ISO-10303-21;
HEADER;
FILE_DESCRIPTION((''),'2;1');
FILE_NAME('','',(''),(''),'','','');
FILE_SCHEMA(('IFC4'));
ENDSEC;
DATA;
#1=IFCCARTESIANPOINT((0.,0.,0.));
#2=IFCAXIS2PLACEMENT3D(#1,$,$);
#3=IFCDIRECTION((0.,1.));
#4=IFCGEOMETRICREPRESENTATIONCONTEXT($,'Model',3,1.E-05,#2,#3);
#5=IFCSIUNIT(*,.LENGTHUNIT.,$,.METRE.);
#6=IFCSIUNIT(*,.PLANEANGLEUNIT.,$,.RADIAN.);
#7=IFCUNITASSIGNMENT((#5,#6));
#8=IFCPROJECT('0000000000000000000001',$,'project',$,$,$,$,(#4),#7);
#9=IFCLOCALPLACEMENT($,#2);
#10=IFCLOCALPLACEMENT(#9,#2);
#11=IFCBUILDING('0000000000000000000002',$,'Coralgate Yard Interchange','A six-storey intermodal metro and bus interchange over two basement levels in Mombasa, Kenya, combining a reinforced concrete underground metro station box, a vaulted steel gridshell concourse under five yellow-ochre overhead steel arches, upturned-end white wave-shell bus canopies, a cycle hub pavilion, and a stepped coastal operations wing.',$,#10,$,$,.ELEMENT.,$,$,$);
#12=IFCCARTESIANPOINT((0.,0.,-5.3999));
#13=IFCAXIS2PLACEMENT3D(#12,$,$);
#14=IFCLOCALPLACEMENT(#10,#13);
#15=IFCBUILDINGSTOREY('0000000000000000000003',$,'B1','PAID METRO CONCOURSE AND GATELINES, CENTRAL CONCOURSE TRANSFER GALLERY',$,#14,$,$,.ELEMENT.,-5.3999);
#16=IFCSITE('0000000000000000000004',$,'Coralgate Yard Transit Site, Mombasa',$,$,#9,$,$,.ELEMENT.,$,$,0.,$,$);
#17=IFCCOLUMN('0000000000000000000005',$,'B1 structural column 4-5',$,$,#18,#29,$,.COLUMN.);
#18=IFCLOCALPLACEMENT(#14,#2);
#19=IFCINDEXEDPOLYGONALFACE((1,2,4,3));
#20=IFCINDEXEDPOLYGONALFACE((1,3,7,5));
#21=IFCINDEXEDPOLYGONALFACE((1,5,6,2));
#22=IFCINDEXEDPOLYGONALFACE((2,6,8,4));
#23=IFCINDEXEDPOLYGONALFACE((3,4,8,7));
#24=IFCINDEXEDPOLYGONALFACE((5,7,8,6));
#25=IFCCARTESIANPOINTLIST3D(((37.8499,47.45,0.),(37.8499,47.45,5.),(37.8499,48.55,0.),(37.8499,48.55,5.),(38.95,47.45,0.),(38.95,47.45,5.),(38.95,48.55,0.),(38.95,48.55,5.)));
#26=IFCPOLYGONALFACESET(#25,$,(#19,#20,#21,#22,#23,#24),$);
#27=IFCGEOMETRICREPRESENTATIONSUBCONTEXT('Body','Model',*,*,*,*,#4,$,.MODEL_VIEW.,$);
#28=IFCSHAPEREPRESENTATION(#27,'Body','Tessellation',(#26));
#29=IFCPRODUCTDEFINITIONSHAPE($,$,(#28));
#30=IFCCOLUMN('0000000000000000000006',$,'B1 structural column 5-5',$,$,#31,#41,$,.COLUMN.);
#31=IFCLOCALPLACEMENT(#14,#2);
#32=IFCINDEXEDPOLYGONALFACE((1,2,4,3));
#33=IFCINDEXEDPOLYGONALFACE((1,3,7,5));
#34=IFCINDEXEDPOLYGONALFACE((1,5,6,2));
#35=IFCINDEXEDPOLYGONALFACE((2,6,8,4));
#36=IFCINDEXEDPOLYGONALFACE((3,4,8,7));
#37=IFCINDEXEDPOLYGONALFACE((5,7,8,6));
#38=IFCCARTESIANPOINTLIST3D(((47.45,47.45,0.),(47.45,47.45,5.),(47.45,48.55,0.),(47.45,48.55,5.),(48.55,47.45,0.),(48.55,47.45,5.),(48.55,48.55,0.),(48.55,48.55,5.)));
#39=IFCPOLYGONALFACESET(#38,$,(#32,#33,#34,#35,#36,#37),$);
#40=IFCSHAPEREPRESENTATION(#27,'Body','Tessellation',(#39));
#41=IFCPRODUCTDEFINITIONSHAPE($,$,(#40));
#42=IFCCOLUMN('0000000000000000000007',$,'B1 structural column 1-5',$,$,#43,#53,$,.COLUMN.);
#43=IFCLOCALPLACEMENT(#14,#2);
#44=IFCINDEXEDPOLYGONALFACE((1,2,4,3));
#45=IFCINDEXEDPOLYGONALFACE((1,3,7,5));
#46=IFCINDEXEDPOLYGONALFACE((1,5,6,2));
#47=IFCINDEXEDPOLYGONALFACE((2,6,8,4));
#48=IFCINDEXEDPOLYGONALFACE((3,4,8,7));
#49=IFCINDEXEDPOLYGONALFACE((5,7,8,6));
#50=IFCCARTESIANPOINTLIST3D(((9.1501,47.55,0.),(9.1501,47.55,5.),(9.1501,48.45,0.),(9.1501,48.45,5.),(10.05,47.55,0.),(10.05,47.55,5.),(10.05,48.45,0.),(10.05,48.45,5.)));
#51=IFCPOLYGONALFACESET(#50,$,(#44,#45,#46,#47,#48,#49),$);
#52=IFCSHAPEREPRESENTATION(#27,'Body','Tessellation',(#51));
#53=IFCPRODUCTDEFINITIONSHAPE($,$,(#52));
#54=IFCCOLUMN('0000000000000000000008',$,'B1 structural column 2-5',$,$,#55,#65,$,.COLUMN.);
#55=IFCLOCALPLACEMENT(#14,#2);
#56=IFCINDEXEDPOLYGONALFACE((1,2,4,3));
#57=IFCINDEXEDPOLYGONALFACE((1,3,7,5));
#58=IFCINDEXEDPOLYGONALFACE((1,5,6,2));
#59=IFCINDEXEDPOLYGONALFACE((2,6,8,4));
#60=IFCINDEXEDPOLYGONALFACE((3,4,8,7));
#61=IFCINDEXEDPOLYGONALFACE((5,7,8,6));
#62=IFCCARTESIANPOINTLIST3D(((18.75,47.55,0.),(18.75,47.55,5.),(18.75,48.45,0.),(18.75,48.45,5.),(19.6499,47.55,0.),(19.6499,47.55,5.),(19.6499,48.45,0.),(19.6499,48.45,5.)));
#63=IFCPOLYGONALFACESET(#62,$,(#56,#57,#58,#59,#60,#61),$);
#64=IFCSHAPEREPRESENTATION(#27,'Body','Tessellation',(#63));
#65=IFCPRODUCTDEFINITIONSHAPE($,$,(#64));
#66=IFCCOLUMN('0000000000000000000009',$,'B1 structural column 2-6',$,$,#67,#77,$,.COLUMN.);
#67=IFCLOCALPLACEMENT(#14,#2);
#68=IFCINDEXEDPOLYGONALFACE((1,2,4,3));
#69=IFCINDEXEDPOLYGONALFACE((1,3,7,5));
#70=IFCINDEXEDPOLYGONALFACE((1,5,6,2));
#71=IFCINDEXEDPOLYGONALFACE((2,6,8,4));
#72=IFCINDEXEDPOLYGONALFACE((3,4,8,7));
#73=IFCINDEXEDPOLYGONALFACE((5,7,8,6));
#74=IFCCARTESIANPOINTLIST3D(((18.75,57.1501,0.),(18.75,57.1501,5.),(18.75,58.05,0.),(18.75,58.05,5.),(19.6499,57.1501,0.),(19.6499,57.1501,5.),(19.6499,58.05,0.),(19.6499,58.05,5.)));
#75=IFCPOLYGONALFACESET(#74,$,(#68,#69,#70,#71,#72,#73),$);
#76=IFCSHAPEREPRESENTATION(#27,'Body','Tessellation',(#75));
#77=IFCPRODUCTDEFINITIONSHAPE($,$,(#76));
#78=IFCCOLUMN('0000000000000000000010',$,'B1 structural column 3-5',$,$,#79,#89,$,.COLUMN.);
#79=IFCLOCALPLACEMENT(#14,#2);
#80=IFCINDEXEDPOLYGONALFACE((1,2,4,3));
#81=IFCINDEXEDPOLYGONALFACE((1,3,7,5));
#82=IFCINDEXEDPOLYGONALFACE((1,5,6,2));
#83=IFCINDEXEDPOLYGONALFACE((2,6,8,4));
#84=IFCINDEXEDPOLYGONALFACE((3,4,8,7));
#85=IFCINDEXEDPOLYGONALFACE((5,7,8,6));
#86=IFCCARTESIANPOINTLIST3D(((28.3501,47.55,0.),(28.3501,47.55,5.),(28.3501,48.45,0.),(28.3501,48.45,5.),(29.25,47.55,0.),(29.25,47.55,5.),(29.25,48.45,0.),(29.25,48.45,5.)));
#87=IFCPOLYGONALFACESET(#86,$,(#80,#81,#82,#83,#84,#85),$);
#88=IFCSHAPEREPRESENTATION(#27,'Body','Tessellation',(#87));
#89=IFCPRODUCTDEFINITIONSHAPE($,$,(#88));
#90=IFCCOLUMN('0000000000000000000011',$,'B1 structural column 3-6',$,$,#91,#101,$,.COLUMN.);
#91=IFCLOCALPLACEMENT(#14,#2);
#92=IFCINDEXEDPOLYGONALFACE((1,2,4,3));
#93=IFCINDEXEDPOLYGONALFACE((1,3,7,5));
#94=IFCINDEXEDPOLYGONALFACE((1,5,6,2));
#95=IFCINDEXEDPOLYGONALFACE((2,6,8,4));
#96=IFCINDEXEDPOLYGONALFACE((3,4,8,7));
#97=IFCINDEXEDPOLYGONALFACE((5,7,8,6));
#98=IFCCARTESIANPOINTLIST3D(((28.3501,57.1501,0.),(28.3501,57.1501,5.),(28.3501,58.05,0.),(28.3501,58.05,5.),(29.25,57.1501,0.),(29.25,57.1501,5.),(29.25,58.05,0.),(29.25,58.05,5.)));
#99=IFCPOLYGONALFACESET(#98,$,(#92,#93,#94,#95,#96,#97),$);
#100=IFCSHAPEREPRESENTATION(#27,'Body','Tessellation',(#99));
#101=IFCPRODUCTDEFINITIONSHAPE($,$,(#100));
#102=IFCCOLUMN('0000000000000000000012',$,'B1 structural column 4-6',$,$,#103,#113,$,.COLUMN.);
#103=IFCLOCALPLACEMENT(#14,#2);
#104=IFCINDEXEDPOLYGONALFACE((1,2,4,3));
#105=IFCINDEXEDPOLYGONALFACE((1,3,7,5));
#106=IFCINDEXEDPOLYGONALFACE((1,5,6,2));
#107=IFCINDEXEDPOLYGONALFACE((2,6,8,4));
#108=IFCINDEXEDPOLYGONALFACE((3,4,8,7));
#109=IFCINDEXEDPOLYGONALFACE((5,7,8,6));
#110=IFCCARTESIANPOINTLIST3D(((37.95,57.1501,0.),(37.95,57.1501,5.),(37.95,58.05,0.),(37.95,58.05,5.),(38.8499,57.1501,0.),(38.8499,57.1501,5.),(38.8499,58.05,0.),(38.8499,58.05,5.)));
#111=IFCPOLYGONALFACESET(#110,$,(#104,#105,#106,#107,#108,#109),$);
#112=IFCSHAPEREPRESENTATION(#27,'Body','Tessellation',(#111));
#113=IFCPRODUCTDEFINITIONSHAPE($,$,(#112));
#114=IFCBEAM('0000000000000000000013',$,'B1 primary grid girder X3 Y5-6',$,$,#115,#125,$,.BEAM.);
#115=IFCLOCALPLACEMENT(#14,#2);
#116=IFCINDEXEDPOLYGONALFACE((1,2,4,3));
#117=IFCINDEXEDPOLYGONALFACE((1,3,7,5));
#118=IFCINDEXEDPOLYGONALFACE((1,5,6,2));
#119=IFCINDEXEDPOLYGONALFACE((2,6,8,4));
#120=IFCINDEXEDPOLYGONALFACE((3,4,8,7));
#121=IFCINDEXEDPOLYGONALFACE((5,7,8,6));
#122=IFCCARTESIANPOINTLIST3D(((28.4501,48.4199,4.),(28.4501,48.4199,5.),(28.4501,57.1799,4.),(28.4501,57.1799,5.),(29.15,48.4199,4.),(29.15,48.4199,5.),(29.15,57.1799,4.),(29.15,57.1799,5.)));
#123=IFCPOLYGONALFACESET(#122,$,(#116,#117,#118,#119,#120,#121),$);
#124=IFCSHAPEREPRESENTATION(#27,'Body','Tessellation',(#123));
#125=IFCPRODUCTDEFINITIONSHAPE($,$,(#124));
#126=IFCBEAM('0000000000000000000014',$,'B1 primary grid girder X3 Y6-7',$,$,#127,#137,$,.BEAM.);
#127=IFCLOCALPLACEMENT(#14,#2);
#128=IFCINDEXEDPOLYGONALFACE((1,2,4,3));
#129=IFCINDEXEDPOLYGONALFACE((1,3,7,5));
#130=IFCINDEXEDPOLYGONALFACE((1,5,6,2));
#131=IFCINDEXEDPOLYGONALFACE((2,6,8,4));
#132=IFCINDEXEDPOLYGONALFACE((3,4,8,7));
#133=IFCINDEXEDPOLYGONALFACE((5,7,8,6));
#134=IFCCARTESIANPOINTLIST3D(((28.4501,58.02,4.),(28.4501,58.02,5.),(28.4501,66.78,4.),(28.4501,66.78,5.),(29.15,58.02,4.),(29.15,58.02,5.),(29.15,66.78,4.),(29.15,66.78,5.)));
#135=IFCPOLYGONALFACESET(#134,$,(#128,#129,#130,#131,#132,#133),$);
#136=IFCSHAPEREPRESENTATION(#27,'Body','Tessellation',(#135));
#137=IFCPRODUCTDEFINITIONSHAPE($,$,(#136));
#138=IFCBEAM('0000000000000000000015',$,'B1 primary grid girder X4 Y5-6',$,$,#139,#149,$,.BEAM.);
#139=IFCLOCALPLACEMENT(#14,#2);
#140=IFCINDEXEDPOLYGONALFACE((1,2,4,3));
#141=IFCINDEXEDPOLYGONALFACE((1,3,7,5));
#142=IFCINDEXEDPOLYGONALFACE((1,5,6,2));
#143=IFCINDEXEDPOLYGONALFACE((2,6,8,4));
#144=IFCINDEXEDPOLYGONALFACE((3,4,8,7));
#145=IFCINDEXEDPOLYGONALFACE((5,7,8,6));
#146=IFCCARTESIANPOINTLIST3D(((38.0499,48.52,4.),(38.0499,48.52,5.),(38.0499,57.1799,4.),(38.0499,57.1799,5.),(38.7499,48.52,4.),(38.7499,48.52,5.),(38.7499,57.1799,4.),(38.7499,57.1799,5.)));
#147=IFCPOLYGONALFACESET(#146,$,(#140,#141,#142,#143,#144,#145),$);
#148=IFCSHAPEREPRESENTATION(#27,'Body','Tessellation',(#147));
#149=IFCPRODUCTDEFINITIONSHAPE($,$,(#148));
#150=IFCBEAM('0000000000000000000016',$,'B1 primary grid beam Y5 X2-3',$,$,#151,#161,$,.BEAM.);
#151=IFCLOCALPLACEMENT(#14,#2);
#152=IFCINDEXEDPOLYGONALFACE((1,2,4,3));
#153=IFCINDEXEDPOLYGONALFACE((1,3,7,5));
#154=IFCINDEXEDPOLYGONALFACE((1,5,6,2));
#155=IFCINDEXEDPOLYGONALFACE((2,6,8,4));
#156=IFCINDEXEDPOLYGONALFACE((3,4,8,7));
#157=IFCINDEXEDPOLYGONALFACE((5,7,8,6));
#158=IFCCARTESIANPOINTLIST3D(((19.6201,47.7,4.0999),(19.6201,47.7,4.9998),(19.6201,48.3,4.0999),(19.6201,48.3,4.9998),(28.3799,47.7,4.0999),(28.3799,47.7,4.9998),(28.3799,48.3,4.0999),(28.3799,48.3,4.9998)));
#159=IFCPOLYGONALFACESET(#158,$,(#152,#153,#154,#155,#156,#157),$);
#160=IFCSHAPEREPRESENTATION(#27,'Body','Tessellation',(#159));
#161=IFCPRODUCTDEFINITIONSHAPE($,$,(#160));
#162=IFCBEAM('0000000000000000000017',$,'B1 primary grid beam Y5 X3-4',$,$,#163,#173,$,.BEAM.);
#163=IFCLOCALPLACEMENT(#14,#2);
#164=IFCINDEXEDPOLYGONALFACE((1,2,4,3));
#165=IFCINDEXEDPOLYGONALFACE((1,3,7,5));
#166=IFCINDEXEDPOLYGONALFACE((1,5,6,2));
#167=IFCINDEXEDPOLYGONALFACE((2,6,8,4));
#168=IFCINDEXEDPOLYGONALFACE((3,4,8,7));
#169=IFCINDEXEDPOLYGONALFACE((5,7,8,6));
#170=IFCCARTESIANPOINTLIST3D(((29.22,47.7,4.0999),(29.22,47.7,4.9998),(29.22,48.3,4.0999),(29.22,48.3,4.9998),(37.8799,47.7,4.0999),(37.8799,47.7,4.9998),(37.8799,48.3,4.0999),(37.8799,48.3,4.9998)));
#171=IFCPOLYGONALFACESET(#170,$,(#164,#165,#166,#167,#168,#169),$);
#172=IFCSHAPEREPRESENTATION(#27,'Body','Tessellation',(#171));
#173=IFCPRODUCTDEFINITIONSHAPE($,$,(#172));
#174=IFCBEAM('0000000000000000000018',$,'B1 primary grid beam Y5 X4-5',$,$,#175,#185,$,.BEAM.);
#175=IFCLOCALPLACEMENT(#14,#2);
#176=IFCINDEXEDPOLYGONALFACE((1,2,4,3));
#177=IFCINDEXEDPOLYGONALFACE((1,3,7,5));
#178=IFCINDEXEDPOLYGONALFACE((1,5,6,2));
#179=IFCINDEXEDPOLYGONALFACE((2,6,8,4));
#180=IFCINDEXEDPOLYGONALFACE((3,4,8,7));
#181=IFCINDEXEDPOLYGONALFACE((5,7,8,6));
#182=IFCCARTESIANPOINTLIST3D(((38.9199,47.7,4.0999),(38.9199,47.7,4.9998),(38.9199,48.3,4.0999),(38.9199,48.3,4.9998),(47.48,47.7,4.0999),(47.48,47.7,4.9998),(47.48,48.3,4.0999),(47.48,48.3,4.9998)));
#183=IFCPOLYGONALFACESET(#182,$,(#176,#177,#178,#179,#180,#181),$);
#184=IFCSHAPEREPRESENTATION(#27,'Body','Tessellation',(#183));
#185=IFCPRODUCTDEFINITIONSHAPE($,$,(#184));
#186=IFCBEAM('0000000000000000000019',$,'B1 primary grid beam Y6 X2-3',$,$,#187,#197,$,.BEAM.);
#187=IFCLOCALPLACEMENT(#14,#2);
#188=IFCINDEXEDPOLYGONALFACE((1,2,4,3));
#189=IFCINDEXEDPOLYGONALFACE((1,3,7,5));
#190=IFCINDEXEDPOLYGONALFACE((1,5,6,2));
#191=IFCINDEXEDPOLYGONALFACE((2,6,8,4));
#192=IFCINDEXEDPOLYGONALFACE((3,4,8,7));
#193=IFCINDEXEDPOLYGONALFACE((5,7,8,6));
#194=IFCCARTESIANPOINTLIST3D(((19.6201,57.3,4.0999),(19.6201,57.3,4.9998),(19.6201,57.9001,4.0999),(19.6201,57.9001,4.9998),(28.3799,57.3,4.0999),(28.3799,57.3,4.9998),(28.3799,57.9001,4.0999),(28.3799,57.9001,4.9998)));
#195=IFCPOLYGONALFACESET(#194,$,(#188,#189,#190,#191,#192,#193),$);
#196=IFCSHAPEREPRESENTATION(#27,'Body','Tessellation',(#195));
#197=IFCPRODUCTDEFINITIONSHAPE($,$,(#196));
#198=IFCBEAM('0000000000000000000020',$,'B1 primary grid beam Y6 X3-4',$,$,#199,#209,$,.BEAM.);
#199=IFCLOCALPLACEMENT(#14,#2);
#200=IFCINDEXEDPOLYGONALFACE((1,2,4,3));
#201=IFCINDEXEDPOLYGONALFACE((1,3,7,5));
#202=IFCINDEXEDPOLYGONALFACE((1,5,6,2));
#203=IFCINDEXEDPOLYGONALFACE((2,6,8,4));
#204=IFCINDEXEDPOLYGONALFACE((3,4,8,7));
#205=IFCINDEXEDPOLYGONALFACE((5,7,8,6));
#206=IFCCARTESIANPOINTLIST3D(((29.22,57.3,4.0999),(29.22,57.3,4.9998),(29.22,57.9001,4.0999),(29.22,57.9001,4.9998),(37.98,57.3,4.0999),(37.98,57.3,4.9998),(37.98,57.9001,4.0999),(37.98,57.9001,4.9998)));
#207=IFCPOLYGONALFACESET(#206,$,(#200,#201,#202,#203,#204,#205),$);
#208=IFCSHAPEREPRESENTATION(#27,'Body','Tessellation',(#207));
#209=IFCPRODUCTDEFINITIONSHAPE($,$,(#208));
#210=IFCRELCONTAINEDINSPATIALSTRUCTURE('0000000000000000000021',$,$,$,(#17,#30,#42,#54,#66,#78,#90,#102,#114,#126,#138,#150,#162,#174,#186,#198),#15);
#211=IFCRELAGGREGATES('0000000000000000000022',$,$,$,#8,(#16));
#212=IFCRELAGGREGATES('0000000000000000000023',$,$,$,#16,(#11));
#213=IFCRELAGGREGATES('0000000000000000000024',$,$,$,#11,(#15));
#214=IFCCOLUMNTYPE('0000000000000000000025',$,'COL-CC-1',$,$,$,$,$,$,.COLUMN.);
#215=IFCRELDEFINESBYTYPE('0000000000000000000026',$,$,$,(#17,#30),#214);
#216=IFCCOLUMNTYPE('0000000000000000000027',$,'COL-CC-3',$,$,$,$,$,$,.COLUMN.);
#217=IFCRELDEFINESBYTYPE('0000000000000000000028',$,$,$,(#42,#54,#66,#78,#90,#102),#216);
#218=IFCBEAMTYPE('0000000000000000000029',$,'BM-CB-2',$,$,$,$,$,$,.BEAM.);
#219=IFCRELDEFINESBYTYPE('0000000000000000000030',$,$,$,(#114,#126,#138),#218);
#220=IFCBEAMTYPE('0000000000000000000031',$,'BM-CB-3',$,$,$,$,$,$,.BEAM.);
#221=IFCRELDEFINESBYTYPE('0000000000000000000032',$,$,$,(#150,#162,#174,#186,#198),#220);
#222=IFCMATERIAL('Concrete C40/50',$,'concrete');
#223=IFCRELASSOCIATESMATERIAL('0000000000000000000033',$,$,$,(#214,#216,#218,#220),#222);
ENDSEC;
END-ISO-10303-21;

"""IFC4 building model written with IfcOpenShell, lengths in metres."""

from ifc_helpers import new_model, si_unit, direction, frame, origin, origin_2d, place, context, subcontext, project, spatial, rectangle, extrude, material, material_profile, profile_set, type_object, element, save


model = new_model("IFC4")

# Units and contexts
model_context = context("Model", 3, precision=1e-05, world=origin(), true_north=direction((0.0, 1.0)))
body_context = subcontext(model_context, "Body", "Model", "MODEL_VIEW")
ifc_project = project(units=[si_unit("LENGTHUNIT", "METRE"), si_unit("PLANEANGLEUNIT", "RADIAN")], contexts=[model_context])

# Site, building, storey
site_placement = place(None, origin())
site = spatial("IfcSite", under=ifc_project, at=site_placement, Name="Coralgate Yard Transit Site, Mombasa", CompositionType="ELEMENT", RefElevation=0.0)
building_placement = place(site_placement, origin())
building = spatial("IfcBuilding", under=site, at=building_placement, Name="Coralgate Yard Interchange", Description="A six-storey intermodal metro and bus interchange over two basement levels in Mombasa, Kenya, combining a reinforced concrete underground metro station box, a vaulted steel gridshell concourse under five yellow-ochre overhead steel arches, upturned-end white wave-shell bus canopies, a cycle hub pavilion, and a stepped coastal operations wing.", CompositionType="ELEMENT")
storey_placement = place(building_placement, frame((0.0, 0.0, -5.3999)))
storey = spatial("IfcBuildingStorey", under=building, at=storey_placement, Name="B1", Description="PAID METRO CONCOURSE AND GATELINES, CENTRAL CONCOURSE TRANSFER GALLERY", CompositionType="ELEMENT", Elevation=-5.3999)

# Columns
ifc_material_1 = material(Name="Concrete C40/50", Category="concrete")
ifc_material_profile_1 = material_profile(ifc_material_1, rectangle(XDim=1.1001, YDim=1.1001, at=origin_2d()), Name="RC 1100x1100")
ifc_profile_set_1 = profile_set([ifc_material_profile_1], Name="Concrete C40/50")
column_type_1 = type_object("IfcColumnType", Name="COL-CC-1", PredefinedType="COLUMN", material=ifc_profile_set_1)
for number, where, z_axis, x_axis, name in (
    (1, (38.3999, 48.0, 0.0), (0.0, 0.0, 1.0), (1.0, 0.0, 0.0), "B1 structural column 4-5"),
    (2, (48.0, 48.0, 0.0), (0.0, 0.0, 1.0), (1.0, 0.0, 0.0), "B1 structural column 5-5"),
):
    element("IfcColumn", number, at=place(storey_placement, frame(where, z_axis=z_axis, x_axis=x_axis)), inside=storey, type_object=column_type_1, Name=name, PredefinedType="COLUMN", context=body_context, shape_type="SweptSolid", body=[
        extrude(rectangle(XDim=1.1001, YDim=1.1001, at=origin_2d()), origin(), (0.0, 0.0, 1.0), 5.0),
    ])
ifc_material_profile_2 = material_profile(ifc_material_1, rectangle(XDim=0.8999, YDim=0.8999, at=origin_2d()), Name="RC 900x900")
ifc_profile_set_2 = profile_set([ifc_material_profile_2], Name="Concrete C40/50")
column_type_2 = type_object("IfcColumnType", Name="COL-CC-3", PredefinedType="COLUMN", material=ifc_profile_set_2)
for number, where, z_axis, x_axis, name in (
    (3, (9.6001, 48.0, 0.0), (0.0, 0.0, 1.0), (1.0, 0.0, 0.0), "B1 structural column 1-5"),
    (4, (19.2, 48.0, 0.0), (0.0, 0.0, 1.0), (1.0, 0.0, 0.0), "B1 structural column 2-5"),
    (5, (19.2, 57.6001, 0.0), (0.0, 0.0, 1.0), (1.0, 0.0, 0.0), "B1 structural column 2-6"),
    (6, (28.8, 48.0, 0.0), (0.0, 0.0, 1.0), (1.0, 0.0, 0.0), "B1 structural column 3-5"),
    (7, (28.8, 57.6001, 0.0), (0.0, 0.0, 1.0), (1.0, 0.0, 0.0), "B1 structural column 3-6"),
    (8, (38.3999, 57.6001, 0.0), (0.0, 0.0, 1.0), (1.0, 0.0, 0.0), "B1 structural column 4-6"),
):
    element("IfcColumn", number, at=place(storey_placement, frame(where, z_axis=z_axis, x_axis=x_axis)), inside=storey, type_object=column_type_2, Name=name, PredefinedType="COLUMN", context=body_context, shape_type="SweptSolid", body=[
        extrude(rectangle(XDim=0.8999, YDim=0.8999, at=origin_2d()), origin(), (0.0, 0.0, 1.0), 5.0),
    ])

# Beams
ifc_material_profile_3 = material_profile(ifc_material_1, rectangle(XDim=0.7, YDim=1.0, at=origin_2d()), Name="RC 700x1000")
ifc_profile_set_3 = profile_set([ifc_material_profile_3], Name="Concrete C40/50")
beam_type_1 = type_object("IfcBeamType", Name="BM-CB-2", PredefinedType="BEAM", material=ifc_profile_set_3)
for number, where, z_axis, x_axis, name in (
    (9, (28.8, 48.4199, 4.5), (0.0, 1.0, 0.0), (-1.0, 0.0, 0.0), "B1 primary grid girder X3 Y5-6"),
    (10, (28.8, 58.02, 4.5), (0.0, 1.0, 0.0), (-1.0, 0.0, 0.0), "B1 primary grid girder X3 Y6-7"),
):
    element("IfcBeam", number, at=place(storey_placement, frame(where, z_axis=z_axis, x_axis=x_axis)), inside=storey, type_object=beam_type_1, Name=name, PredefinedType="BEAM", context=body_context, shape_type="SweptSolid", body=[
        extrude(rectangle(XDim=0.7, YDim=1.0, at=origin_2d()), origin(), (0.0, 0.0, 1.0), 8.76),
    ])
beam_1_placement = place(storey_placement, frame((38.3999, 48.52, 4.5), z_axis=(0.0, 1.0, 0.0), x_axis=(-1.0, 0.0, 0.0)))
element("IfcBeam", 11, at=beam_1_placement, inside=storey, type_object=beam_type_1, Name="B1 primary grid girder X4 Y5-6", PredefinedType="BEAM", context=body_context, shape_type="SweptSolid", body=[
    extrude(rectangle(XDim=0.7, YDim=1.0, at=origin_2d()), origin(), (0.0, 0.0, 1.0), 8.6599),
])
ifc_material_profile_4 = material_profile(ifc_material_1, rectangle(XDim=0.6001, YDim=0.8999, at=origin_2d()), Name="RC 600x900")
ifc_profile_set_4 = profile_set([ifc_material_profile_4], Name="Concrete C40/50")
beam_type_2 = type_object("IfcBeamType", Name="BM-CB-3", PredefinedType="BEAM", material=ifc_profile_set_4)
beam_2_placement = place(storey_placement, frame((19.6201, 48.0, 4.5498), z_axis=(1.0, 0.0, 0.0), x_axis=(0.0, 1.0, 0.0)))
element("IfcBeam", 12, at=beam_2_placement, inside=storey, type_object=beam_type_2, Name="B1 primary grid beam Y5 X2-3", PredefinedType="BEAM", context=body_context, shape_type="SweptSolid", body=[
    extrude(rectangle(XDim=0.6001, YDim=0.8999, at=origin_2d()), origin(), (0.0, 0.0, 1.0), 8.7598),
])
beam_3_placement = place(storey_placement, frame((29.22, 48.0, 4.5498), z_axis=(1.0, 0.0, 0.0), x_axis=(0.0, 1.0, 0.0)))
element("IfcBeam", 13, at=beam_3_placement, inside=storey, type_object=beam_type_2, Name="B1 primary grid beam Y5 X3-4", PredefinedType="BEAM", context=body_context, shape_type="SweptSolid", body=[
    extrude(rectangle(XDim=0.6001, YDim=0.8999, at=origin_2d()), origin(), (0.0, 0.0, 1.0), 8.6599),
])
beam_4_placement = place(storey_placement, frame((38.9199, 48.0, 4.5498), z_axis=(1.0, 0.0, 0.0), x_axis=(0.0, 1.0, 0.0)))
element("IfcBeam", 14, at=beam_4_placement, inside=storey, type_object=beam_type_2, Name="B1 primary grid beam Y5 X4-5", PredefinedType="BEAM", context=body_context, shape_type="SweptSolid", body=[
    extrude(rectangle(XDim=0.6001, YDim=0.8999, at=origin_2d()), origin(), (0.0, 0.0, 1.0), 8.5601),
])
beam_5_placement = place(storey_placement, frame((19.6201, 57.6001, 4.5498), z_axis=(1.0, 0.0, 0.0), x_axis=(0.0, 1.0, 0.0)))
element("IfcBeam", 15, at=beam_5_placement, inside=storey, type_object=beam_type_2, Name="B1 primary grid beam Y6 X2-3", PredefinedType="BEAM", context=body_context, shape_type="SweptSolid", body=[
    extrude(rectangle(XDim=0.6001, YDim=0.8999, at=origin_2d()), origin(), (0.0, 0.0, 1.0), 8.7598),
])
beam_6_placement = place(storey_placement, frame((29.22, 57.6001, 4.5498), z_axis=(1.0, 0.0, 0.0), x_axis=(0.0, 1.0, 0.0)))
element("IfcBeam", 16, at=beam_6_placement, inside=storey, type_object=beam_type_2, Name="B1 primary grid beam Y6 X3-4", PredefinedType="BEAM", context=body_context, shape_type="SweptSolid", body=[
    extrude(rectangle(XDim=0.6001, YDim=0.8999, at=origin_2d()), origin(), (0.0, 0.0, 1.0), 8.76),
])

save(model, "model.ifc")
